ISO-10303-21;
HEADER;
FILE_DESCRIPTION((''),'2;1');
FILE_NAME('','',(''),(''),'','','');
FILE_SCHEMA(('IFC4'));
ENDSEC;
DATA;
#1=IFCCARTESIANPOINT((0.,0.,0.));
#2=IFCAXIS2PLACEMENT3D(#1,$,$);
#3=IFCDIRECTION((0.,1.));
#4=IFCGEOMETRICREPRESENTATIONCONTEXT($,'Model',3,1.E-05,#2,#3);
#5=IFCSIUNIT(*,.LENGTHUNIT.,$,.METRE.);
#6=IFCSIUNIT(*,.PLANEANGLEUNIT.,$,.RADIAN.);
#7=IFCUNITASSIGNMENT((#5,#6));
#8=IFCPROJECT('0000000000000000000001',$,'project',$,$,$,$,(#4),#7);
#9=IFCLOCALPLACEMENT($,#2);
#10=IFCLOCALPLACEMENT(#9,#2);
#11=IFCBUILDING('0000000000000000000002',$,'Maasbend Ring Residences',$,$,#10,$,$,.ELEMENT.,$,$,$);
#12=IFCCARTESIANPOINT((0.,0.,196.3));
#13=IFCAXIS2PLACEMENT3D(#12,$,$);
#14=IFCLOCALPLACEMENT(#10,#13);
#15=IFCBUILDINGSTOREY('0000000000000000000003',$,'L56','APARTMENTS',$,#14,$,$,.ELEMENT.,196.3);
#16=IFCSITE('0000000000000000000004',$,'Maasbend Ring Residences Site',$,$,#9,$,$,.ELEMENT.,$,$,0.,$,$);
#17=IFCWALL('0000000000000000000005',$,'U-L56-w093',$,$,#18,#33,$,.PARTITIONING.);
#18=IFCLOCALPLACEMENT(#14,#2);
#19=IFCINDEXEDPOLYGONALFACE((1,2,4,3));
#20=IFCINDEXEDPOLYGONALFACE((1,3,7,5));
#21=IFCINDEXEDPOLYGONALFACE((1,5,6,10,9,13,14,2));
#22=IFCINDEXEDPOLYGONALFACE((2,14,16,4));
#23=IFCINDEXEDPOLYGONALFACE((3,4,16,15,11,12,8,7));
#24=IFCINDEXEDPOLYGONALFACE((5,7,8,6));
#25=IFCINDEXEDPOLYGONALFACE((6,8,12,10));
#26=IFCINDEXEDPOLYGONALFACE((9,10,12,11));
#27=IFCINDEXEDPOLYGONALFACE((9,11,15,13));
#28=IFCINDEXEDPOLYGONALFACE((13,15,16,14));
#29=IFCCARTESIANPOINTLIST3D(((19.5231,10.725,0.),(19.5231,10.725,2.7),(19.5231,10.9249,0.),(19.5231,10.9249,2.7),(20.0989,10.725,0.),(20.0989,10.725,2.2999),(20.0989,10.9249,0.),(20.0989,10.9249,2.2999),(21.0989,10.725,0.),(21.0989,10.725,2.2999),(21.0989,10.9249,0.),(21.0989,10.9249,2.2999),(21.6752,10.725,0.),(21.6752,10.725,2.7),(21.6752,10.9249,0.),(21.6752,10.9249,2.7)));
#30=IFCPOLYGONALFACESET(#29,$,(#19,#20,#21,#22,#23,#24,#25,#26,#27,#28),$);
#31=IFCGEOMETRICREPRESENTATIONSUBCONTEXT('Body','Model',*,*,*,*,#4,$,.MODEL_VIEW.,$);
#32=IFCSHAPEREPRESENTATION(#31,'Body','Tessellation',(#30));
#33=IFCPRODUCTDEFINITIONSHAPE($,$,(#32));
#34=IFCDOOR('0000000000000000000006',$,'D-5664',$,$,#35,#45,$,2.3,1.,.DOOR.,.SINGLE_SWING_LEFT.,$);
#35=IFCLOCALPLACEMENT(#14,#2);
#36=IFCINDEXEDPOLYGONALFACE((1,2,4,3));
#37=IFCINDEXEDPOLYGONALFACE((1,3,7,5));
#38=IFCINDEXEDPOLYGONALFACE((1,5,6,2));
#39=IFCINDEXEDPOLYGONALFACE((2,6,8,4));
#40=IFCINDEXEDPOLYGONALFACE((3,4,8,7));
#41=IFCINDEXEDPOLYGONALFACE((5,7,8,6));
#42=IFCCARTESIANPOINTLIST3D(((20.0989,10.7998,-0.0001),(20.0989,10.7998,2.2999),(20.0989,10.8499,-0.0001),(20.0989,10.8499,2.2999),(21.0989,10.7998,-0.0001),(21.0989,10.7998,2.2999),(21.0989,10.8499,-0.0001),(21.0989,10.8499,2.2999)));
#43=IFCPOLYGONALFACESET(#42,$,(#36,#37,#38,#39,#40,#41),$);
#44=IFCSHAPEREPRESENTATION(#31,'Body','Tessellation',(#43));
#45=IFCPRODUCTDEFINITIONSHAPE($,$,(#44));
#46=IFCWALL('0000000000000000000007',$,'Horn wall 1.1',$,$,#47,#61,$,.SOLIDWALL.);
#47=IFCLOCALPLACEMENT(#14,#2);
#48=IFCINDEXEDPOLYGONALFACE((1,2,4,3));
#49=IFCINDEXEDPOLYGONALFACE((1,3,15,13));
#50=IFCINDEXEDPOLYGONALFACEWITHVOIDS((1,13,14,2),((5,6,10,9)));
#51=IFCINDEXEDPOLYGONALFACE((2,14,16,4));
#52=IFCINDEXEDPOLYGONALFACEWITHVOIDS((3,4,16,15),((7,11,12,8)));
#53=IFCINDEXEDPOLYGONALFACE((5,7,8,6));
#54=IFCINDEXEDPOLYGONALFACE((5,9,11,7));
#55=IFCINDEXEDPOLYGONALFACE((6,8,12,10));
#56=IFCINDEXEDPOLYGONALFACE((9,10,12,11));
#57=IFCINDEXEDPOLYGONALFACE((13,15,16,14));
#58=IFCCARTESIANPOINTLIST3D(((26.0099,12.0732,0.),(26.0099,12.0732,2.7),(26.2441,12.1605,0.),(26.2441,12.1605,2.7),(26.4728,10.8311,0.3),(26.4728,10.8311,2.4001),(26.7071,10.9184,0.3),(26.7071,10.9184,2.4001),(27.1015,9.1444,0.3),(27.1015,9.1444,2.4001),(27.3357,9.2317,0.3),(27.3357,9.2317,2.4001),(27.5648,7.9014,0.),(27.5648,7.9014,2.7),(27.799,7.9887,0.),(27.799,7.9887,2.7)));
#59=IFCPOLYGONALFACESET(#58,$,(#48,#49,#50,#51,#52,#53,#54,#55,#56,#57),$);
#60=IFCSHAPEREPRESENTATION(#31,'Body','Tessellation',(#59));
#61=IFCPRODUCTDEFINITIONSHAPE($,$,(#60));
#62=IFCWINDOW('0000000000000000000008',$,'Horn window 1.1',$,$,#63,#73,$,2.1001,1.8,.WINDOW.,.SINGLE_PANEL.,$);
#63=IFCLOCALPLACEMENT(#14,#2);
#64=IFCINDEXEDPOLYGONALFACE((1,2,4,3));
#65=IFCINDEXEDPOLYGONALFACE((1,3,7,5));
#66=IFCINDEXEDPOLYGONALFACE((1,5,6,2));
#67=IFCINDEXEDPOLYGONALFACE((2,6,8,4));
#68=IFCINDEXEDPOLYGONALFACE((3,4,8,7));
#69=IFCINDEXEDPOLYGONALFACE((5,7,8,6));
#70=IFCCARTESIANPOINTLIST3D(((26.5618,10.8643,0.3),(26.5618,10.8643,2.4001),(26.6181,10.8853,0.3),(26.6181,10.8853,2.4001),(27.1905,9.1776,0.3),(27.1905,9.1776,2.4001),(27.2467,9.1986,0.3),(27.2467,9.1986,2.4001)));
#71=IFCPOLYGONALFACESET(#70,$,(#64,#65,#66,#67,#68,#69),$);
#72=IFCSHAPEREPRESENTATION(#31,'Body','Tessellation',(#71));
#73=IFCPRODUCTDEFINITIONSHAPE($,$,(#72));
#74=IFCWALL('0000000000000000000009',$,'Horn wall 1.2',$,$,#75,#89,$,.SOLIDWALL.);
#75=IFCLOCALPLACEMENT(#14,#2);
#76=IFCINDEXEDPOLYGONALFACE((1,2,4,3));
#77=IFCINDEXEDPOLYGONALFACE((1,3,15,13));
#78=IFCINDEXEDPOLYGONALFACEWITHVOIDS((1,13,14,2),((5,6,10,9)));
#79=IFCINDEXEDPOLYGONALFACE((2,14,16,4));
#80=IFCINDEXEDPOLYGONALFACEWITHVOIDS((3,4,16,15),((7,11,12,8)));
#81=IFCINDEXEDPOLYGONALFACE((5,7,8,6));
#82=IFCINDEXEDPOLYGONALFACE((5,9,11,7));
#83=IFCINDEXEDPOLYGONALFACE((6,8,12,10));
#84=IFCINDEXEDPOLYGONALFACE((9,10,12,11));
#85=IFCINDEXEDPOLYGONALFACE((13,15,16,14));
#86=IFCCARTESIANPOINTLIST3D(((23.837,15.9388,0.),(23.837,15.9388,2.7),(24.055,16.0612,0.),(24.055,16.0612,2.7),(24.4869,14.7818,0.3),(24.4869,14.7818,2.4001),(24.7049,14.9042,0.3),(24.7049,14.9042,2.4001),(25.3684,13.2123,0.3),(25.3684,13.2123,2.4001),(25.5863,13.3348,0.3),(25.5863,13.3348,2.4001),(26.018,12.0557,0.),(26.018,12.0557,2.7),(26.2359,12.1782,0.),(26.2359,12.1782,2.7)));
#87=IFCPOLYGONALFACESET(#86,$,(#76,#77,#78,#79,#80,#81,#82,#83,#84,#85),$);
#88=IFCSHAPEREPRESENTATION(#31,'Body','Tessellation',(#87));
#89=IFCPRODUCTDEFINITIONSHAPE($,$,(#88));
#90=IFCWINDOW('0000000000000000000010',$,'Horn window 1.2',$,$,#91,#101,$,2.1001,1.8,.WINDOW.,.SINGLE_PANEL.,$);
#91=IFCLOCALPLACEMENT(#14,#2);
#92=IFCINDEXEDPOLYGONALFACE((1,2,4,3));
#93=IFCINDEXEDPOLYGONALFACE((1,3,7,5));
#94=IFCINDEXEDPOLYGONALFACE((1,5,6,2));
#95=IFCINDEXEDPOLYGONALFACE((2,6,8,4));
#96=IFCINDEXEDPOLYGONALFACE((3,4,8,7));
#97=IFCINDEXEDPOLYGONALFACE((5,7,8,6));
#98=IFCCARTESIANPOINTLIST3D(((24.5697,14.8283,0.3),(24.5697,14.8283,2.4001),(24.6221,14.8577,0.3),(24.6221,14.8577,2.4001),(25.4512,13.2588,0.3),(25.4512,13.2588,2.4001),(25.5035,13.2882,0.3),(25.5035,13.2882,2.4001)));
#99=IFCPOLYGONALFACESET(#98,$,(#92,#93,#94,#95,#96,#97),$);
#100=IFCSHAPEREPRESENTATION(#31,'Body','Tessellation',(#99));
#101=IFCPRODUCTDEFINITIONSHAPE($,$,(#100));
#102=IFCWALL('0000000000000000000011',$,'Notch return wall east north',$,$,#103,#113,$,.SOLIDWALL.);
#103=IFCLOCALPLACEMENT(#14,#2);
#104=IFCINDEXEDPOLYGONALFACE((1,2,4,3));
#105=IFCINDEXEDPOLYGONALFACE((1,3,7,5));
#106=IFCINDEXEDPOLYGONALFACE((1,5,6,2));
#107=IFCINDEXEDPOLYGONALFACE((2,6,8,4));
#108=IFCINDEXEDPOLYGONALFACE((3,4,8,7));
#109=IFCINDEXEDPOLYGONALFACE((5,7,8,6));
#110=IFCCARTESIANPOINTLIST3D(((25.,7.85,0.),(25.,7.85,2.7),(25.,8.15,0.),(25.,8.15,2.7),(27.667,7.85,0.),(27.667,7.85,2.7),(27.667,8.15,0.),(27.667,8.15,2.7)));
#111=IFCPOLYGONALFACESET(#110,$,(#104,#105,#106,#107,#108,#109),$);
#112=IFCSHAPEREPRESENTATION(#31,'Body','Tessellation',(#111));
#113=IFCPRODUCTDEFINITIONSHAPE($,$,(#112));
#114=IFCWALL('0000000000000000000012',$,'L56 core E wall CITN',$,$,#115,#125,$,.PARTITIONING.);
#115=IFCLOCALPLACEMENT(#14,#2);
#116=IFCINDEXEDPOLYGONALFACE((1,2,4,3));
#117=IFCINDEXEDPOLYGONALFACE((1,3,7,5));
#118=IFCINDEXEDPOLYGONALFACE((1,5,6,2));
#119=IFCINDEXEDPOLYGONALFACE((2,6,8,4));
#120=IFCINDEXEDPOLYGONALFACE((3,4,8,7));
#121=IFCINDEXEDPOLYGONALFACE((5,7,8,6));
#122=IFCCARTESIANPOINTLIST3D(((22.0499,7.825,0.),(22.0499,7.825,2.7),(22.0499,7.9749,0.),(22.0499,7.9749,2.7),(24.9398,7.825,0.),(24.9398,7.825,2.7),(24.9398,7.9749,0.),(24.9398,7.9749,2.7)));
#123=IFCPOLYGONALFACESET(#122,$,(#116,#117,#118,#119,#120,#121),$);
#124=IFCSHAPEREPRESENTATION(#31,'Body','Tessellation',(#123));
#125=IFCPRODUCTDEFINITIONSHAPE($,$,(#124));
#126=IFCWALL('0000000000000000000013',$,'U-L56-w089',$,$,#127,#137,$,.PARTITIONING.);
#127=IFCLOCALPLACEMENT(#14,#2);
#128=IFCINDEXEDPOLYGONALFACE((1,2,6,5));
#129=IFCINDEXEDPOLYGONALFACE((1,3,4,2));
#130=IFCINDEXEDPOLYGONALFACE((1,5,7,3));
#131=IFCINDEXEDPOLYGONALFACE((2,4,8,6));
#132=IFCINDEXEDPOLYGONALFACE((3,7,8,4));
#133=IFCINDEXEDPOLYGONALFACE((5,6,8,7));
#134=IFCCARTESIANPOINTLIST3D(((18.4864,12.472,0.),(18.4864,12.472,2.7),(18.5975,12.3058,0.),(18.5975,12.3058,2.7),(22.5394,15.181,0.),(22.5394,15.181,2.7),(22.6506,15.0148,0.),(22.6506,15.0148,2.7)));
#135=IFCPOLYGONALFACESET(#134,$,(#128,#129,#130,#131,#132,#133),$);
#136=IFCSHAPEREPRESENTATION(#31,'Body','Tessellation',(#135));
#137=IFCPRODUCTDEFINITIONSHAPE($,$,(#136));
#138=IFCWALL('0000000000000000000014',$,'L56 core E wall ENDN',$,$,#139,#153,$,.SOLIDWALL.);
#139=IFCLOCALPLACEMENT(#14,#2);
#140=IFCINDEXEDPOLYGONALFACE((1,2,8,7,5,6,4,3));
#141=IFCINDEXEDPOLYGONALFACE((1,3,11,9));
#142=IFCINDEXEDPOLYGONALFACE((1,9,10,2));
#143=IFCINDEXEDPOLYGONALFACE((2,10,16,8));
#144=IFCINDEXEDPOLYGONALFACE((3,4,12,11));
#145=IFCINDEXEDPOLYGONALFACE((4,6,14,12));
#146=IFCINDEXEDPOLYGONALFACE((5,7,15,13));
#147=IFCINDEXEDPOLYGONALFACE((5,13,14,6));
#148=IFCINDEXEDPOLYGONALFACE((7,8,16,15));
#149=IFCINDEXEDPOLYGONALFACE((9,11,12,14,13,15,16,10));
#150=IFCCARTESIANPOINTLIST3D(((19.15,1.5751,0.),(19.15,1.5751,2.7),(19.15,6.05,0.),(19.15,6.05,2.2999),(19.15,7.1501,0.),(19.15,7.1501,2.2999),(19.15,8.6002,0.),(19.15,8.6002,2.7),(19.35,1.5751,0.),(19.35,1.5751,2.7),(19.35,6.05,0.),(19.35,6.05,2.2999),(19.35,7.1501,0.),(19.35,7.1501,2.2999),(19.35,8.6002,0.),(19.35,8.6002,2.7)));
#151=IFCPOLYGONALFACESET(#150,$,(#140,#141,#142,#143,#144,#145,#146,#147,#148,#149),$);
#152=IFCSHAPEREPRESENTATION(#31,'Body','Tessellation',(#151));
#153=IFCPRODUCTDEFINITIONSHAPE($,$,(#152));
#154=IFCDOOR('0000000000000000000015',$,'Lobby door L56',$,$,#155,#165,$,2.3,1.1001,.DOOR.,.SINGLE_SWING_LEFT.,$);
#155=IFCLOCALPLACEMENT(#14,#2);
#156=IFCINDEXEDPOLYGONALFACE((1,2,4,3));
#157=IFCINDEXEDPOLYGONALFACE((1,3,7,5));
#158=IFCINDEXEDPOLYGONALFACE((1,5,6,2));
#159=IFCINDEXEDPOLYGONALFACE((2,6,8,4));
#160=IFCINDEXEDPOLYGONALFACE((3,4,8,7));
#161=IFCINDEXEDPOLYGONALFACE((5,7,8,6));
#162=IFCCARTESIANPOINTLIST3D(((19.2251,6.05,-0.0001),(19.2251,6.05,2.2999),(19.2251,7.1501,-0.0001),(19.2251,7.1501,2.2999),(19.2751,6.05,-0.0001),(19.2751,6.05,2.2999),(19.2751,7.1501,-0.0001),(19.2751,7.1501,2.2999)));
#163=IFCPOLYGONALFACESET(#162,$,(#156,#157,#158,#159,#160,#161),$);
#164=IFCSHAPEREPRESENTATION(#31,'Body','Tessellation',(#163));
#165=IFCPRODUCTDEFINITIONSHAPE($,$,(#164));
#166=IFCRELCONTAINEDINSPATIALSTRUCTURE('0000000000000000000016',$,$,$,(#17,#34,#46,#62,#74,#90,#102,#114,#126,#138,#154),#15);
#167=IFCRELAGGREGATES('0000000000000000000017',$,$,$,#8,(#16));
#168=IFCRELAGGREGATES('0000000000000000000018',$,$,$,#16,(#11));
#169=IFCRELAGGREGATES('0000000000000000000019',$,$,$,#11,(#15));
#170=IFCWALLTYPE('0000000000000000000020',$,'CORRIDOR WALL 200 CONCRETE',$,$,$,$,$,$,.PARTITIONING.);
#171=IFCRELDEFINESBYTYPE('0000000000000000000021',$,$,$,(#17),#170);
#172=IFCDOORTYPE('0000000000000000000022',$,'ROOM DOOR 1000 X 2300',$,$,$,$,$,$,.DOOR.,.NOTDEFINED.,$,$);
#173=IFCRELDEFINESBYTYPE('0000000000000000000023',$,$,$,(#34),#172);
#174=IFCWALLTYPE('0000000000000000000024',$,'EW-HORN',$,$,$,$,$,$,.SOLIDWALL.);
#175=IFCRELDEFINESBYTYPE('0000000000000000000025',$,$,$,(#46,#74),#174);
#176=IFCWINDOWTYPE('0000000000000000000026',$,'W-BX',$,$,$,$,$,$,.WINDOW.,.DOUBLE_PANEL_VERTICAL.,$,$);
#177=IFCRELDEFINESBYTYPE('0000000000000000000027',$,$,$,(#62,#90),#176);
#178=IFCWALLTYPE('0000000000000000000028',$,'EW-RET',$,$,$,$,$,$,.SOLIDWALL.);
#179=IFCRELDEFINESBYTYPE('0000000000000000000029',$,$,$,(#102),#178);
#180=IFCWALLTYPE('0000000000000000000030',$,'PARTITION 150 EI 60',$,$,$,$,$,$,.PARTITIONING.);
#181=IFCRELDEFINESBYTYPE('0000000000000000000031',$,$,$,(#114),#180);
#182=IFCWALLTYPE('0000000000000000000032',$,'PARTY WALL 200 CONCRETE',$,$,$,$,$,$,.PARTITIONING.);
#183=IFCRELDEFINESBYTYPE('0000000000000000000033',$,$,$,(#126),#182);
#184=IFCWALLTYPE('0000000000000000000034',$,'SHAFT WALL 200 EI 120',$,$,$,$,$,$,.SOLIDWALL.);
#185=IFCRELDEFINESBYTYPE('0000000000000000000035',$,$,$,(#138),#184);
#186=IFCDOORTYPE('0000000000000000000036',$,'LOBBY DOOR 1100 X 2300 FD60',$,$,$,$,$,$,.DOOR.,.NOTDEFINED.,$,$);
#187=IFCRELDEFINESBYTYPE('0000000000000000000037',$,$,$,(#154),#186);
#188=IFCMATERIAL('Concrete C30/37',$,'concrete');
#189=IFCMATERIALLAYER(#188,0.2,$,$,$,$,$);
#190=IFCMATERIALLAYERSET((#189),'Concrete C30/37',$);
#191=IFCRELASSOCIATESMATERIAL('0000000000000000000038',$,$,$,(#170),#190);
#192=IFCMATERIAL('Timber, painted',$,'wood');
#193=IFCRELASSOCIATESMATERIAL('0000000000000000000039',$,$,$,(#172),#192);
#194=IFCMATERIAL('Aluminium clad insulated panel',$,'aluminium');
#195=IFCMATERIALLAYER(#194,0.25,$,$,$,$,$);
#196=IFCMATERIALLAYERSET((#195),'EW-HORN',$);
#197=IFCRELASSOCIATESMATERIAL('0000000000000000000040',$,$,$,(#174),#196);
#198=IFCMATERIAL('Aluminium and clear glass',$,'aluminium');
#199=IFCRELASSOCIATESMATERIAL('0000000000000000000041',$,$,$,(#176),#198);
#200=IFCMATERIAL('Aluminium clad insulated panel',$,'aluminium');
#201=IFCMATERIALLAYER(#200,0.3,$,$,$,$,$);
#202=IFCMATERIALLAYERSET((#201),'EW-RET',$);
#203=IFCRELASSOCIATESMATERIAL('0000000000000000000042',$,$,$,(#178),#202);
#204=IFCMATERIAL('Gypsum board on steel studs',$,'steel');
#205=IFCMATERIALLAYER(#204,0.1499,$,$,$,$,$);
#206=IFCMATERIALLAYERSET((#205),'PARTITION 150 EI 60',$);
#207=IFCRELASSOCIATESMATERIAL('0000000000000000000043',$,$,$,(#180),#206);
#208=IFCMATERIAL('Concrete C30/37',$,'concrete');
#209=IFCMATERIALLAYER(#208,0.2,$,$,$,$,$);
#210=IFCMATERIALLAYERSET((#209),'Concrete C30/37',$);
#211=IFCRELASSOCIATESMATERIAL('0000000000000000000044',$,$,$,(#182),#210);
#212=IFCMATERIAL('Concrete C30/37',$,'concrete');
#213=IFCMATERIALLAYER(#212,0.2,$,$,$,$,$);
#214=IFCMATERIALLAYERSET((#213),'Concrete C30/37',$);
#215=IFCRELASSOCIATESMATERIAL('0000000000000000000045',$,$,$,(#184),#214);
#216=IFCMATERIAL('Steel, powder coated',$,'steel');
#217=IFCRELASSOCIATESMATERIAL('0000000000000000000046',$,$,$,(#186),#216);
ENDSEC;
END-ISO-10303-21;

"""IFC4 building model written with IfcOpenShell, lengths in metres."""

from ifc_helpers import new_model, si_unit, direction, frame, frame_2d, origin, place, context, subcontext, project, spatial, rectangle, extrude, material, layer, layer_set, type_object, element, fill, save


model = new_model("IFC4")

# Units and contexts
model_context = context("Model", 3, precision=1e-05, world=origin(), true_north=direction((0.0, 1.0)))
body_context = subcontext(model_context, "Body", "Model", "MODEL_VIEW")
ifc_project = project(units=[si_unit("LENGTHUNIT", "METRE"), si_unit("PLANEANGLEUNIT", "RADIAN")], contexts=[model_context])

# Site, building, storey
site_placement = place(None, origin())
site = spatial("IfcSite", under=ifc_project, at=site_placement, Name="Maasbend Ring Residences Site", CompositionType="ELEMENT", RefElevation=0.0)
building_placement = place(site_placement, origin())
building = spatial("IfcBuilding", under=site, at=building_placement, Name="Maasbend Ring Residences", CompositionType="ELEMENT")
storey_placement = place(building_placement, frame((0.0, 0.0, 196.3)))
storey = spatial("IfcBuildingStorey", under=building, at=storey_placement, Name="L56", Description="APARTMENTS", CompositionType="ELEMENT", Elevation=196.3)

# Shared definitions
ifc_material_1 = material(Name="Concrete C30/37", Category="concrete")
ifc_layer_1 = layer(ifc_material_1, 0.2)
ifc_layer_set_1 = layer_set([ifc_layer_1], Name="Concrete C30/37")
wall_type_1 = type_object("IfcWallType", Name="CORRIDOR WALL 200 CONCRETE", PredefinedType="PARTITIONING", material=ifc_layer_set_1)

# Wall, opening, door
wall_1_placement = place(storey_placement, frame((19.5229, 10.825, 0.0), z_axis=(0.0, 0.0, 1.0), x_axis=(1.0, 0.0, 0.0)))
wall_1 = element("IfcWall", 1, at=wall_1_placement, inside=storey, type_object=wall_type_1, Name="U-L56-w093", PredefinedType="PARTITIONING", context=body_context, shape_type="SweptSolid", body=[
    extrude(rectangle(XDim=2.1521, YDim=0.2, at=frame_2d((1.0762, 0.0))), origin(), (0.0, 0.0, 1.0), 2.7),
])
opening_1_placement = place(wall_1_placement, frame((0.5759, 0.0, 0.0)))
opening_1 = element("IfcOpeningElement", 2, at=opening_1_placement, cuts=wall_1, PredefinedType="OPENING", context=body_context, shape_type="SweptSolid", body=[
    extrude(rectangle(XDim=1.0, YDim=2.3, at=frame_2d((0.5, 1.1499))), frame((0.0, 0.1099, 0.0), z_axis=(0.0, -1.0, 0.0), x_axis=(1.0, 0.0, 0.0)), (0.0, 0.0, 1.0), 0.22),
])
ifc_material_2 = material(Name="Timber, painted", Category="wood")
door_type_1 = type_object("IfcDoorType", Name="ROOM DOOR 1000 X 2300", OperationType="NOTDEFINED", PredefinedType="DOOR", material=ifc_material_2)
door_1_placement = place(opening_1_placement, origin())
door_1 = element("IfcDoor", 3, at=door_1_placement, inside=storey, type_object=door_type_1, Name="D-5664", OperationType="SINGLE_SWING_LEFT", OverallHeight=2.3, OverallWidth=1.0, PredefinedType="DOOR", context=body_context, shape_type="SweptSolid", body=[
    extrude(rectangle(XDim=1.0, YDim=2.3, at=frame_2d((0.5, 1.1499))), frame((0.0, 0.0249, 0.0), z_axis=(0.0, -1.0, 0.0), x_axis=(1.0, 0.0, 0.0)), (0.0, 0.0, 1.0), 0.05),
])
fill(opening_1, door_1)

# Walls, openings, windows
ifc_material_3 = material(Name="Aluminium clad insulated panel", Category="aluminium")
ifc_layer_2 = layer(ifc_material_3, 0.25)
ifc_layer_set_2 = layer_set([ifc_layer_2], Name="EW-HORN")
wall_type_2 = type_object("IfcWallType", Name="EW-HORN", PredefinedType="SOLIDWALL", material=ifc_layer_set_2)
wall_2_placement = place(storey_placement, frame((27.6819, 7.9451, 0.0), z_axis=(0.0, 0.0, 1.0), x_axis=(-0.349248, 0.93703, 0.0)))
wall_2 = element("IfcWall", 4, at=wall_2_placement, inside=storey, type_object=wall_type_2, Name="Horn wall 1.1", PredefinedType="SOLIDWALL", context=body_context, shape_type="SweptSolid", body=[
    extrude(rectangle(XDim=4.4521, YDim=0.25, at=frame_2d((2.2261, 0.0))), origin(), (0.0, 0.0, 1.0), 2.7),
])
opening_2_placement = place(wall_2_placement, frame((1.3267, 0.0, 0.3)))
opening_2 = element("IfcOpeningElement", 5, at=opening_2_placement, cuts=wall_2, PredefinedType="OPENING", context=body_context, shape_type="SweptSolid", body=[
    extrude(rectangle(XDim=1.8, YDim=2.1001, at=frame_2d((0.8999, 1.05))), frame((0.0, 0.135, 0.0), z_axis=(0.0, -1.0, 0.0), x_axis=(1.0, 0.0, 0.0)), (0.0, 0.0, 1.0), 0.27),
])
ifc_material_4 = material(Name="Aluminium and clear glass", Category="aluminium")
window_type = type_object("IfcWindowType", Name="W-BX", PartitioningType="DOUBLE_PANEL_VERTICAL", PredefinedType="WINDOW", material=ifc_material_4)
window_1_placement = place(opening_2_placement, origin())
window_1 = element("IfcWindow", 6, at=window_1_placement, inside=storey, type_object=window_type, Name="Horn window 1.1", OverallHeight=2.1001, OverallWidth=1.8, PartitioningType="SINGLE_PANEL", PredefinedType="WINDOW", context=body_context, shape_type="SweptSolid", body=[
    extrude(rectangle(XDim=1.8, YDim=2.1001, at=frame_2d((0.8999, 1.05))), frame((0.0, 0.03, 0.0), z_axis=(0.0, -1.0, 0.0), x_axis=(1.0, 0.0, 0.0)), (0.0, 0.0, 1.0), 0.0601),
])
fill(opening_2, window_1)
wall_3_placement = place(storey_placement, frame((26.127, 12.1169, 0.0), z_axis=(0.0, 0.0, 1.0), x_axis=(-0.489696, 0.871893, 0.0)))
wall_3 = element("IfcWall", 7, at=wall_3_placement, inside=storey, type_object=wall_type_2, Name="Horn wall 1.2", PredefinedType="SOLIDWALL", context=body_context, shape_type="SweptSolid", body=[
    extrude(rectangle(XDim=4.4536, YDim=0.25, at=frame_2d((2.2268, 0.0))), origin(), (0.0, 0.0, 1.0), 2.7),
])
opening_3_placement = place(wall_3_placement, frame((1.3267, 0.0, 0.3)))
opening_3 = element("IfcOpeningElement", 8, at=opening_3_placement, cuts=wall_3, PredefinedType="OPENING", context=body_context, shape_type="SweptSolid", body=[
    extrude(rectangle(XDim=1.8, YDim=2.1001, at=frame_2d((0.8999, 1.05))), frame((0.0, 0.135, 0.0), z_axis=(0.0, -1.0, 0.0), x_axis=(1.0, 0.0, 0.0)), (0.0, 0.0, 1.0), 0.27),
])
window_2_placement = place(opening_3_placement, origin())
window_2 = element("IfcWindow", 9, at=window_2_placement, inside=storey, type_object=window_type, Name="Horn window 1.2", OverallHeight=2.1001, OverallWidth=1.8, PartitioningType="SINGLE_PANEL", PredefinedType="WINDOW", context=body_context, shape_type="SweptSolid", body=[
    extrude(rectangle(XDim=1.8, YDim=2.1001, at=frame_2d((0.8999, 1.05))), frame((0.0, 0.03, 0.0), z_axis=(0.0, -1.0, 0.0), x_axis=(1.0, 0.0, 0.0)), (0.0, 0.0, 1.0), 0.0601),
])
fill(opening_3, window_2)

# Walls
ifc_material_5 = material(Name="Aluminium clad insulated panel", Category="aluminium")
ifc_layer_3 = layer(ifc_material_5, 0.3)
ifc_layer_set_3 = layer_set([ifc_layer_3], Name="EW-RET")
wall_type_3 = type_object("IfcWallType", Name="EW-RET", PredefinedType="SOLIDWALL", material=ifc_layer_set_3)
wall_4_placement = place(storey_placement, frame((25.0, 8.0, 0.0), z_axis=(0.0, 0.0, 1.0), x_axis=(1.0, 0.0, 0.0)))
element("IfcWall", 10, at=wall_4_placement, inside=storey, type_object=wall_type_3, Name="Notch return wall east north", PredefinedType="SOLIDWALL", context=body_context, shape_type="SweptSolid", body=[
    extrude(rectangle(XDim=2.667, YDim=0.3, at=frame_2d((1.3335, 0.0))), origin(), (0.0, 0.0, 1.0), 2.7),
])
ifc_material_6 = material(Name="Gypsum board on steel studs", Category="steel")
ifc_layer_4 = layer(ifc_material_6, 0.1499)
ifc_layer_set_4 = layer_set([ifc_layer_4], Name="PARTITION 150 EI 60")
wall_type_4 = type_object("IfcWallType", Name="PARTITION 150 EI 60", PredefinedType="PARTITIONING", material=ifc_layer_set_4)
wall_5_placement = place(storey_placement, frame((22.05, 7.8999, 0.0), z_axis=(0.0, 0.0, 1.0), x_axis=(1.0, 0.0, 0.0)))
element("IfcWall", 11, at=wall_5_placement, inside=storey, type_object=wall_type_4, Name="L56 core E wall CITN", PredefinedType="PARTITIONING", context=body_context, shape_type="SweptSolid", body=[
    extrude(rectangle(XDim=2.8899, YDim=0.1499, at=frame_2d((1.4448, 0.0))), origin(), (0.0, 0.0, 1.0), 2.7),
])
ifc_material_7 = material(Name="Concrete C30/37", Category="concrete")
ifc_layer_5 = layer(ifc_material_7, 0.2)
ifc_layer_set_5 = layer_set([ifc_layer_5], Name="Concrete C30/37")
wall_type_5 = type_object("IfcWallType", Name="PARTY WALL 200 CONCRETE", PredefinedType="PARTITIONING", material=ifc_layer_set_5)
wall_6_placement = place(storey_placement, frame((18.542, 12.3889, 0.0), z_axis=(0.0, 0.0, 1.0), x_axis=(0.831387, 0.555694, 0.0)))
element("IfcWall", 12, at=wall_6_placement, inside=storey, type_object=wall_type_5, Name="U-L56-w089", PredefinedType="PARTITIONING", context=body_context, shape_type="SweptSolid", body=[
    extrude(rectangle(XDim=4.875, YDim=0.2, at=frame_2d((2.4375, 0.0))), origin(), (0.0, 0.0, 1.0), 2.7),
])

# Wall, opening, door
ifc_material_8 = material(Name="Concrete C30/37", Category="concrete")
ifc_layer_6 = layer(ifc_material_8, 0.2)
ifc_layer_set_6 = layer_set([ifc_layer_6], Name="Concrete C30/37")
wall_type_6 = type_object("IfcWallType", Name="SHAFT WALL 200 EI 120", PredefinedType="SOLIDWALL", material=ifc_layer_set_6)
wall_7_placement = place(storey_placement, frame((19.25, 1.575, 0.0), z_axis=(0.0, 0.0, 1.0), x_axis=(0.0, 1.0, 0.0)))
wall_7 = element("IfcWall", 13, at=wall_7_placement, inside=storey, type_object=wall_type_6, Name="L56 core E wall ENDN", PredefinedType="SOLIDWALL", context=body_context, shape_type="SweptSolid", body=[
    extrude(rectangle(XDim=7.0251, YDim=0.2, at=frame_2d((3.5127, 0.0))), origin(), (0.0, 0.0, 1.0), 2.7),
])
opening_4_placement = place(wall_7_placement, frame((4.4751, 0.0, 0.0)))
opening_4 = element("IfcOpeningElement", 14, at=opening_4_placement, cuts=wall_7, PredefinedType="OPENING", context=body_context, shape_type="SweptSolid", body=[
    extrude(rectangle(XDim=1.1001, YDim=2.3, at=frame_2d((0.55, 1.1499))), frame((0.0, 0.1099, 0.0), z_axis=(0.0, -1.0, 0.0), x_axis=(1.0, 0.0, 0.0)), (0.0, 0.0, 1.0), 0.22),
])
ifc_material_9 = material(Name="Steel, powder coated", Category="steel")
door_type_2 = type_object("IfcDoorType", Name="LOBBY DOOR 1100 X 2300 FD60", OperationType="NOTDEFINED", PredefinedType="DOOR", material=ifc_material_9)
door_2_placement = place(opening_4_placement, origin())
door_2 = element("IfcDoor", 15, at=door_2_placement, inside=storey, type_object=door_type_2, Name="Lobby door L56", OperationType="SINGLE_SWING_LEFT", OverallHeight=2.3, OverallWidth=1.1001, PredefinedType="DOOR", context=body_context, shape_type="SweptSolid", body=[
    extrude(rectangle(XDim=1.1001, YDim=2.3, at=frame_2d((0.55, 1.1499))), frame((0.0, 0.0249, 0.0), z_axis=(0.0, -1.0, 0.0), x_axis=(1.0, 0.0, 0.0)), (0.0, 0.0, 1.0), 0.05),
])
fill(opening_4, door_2)

save(model, "model.ifc")
